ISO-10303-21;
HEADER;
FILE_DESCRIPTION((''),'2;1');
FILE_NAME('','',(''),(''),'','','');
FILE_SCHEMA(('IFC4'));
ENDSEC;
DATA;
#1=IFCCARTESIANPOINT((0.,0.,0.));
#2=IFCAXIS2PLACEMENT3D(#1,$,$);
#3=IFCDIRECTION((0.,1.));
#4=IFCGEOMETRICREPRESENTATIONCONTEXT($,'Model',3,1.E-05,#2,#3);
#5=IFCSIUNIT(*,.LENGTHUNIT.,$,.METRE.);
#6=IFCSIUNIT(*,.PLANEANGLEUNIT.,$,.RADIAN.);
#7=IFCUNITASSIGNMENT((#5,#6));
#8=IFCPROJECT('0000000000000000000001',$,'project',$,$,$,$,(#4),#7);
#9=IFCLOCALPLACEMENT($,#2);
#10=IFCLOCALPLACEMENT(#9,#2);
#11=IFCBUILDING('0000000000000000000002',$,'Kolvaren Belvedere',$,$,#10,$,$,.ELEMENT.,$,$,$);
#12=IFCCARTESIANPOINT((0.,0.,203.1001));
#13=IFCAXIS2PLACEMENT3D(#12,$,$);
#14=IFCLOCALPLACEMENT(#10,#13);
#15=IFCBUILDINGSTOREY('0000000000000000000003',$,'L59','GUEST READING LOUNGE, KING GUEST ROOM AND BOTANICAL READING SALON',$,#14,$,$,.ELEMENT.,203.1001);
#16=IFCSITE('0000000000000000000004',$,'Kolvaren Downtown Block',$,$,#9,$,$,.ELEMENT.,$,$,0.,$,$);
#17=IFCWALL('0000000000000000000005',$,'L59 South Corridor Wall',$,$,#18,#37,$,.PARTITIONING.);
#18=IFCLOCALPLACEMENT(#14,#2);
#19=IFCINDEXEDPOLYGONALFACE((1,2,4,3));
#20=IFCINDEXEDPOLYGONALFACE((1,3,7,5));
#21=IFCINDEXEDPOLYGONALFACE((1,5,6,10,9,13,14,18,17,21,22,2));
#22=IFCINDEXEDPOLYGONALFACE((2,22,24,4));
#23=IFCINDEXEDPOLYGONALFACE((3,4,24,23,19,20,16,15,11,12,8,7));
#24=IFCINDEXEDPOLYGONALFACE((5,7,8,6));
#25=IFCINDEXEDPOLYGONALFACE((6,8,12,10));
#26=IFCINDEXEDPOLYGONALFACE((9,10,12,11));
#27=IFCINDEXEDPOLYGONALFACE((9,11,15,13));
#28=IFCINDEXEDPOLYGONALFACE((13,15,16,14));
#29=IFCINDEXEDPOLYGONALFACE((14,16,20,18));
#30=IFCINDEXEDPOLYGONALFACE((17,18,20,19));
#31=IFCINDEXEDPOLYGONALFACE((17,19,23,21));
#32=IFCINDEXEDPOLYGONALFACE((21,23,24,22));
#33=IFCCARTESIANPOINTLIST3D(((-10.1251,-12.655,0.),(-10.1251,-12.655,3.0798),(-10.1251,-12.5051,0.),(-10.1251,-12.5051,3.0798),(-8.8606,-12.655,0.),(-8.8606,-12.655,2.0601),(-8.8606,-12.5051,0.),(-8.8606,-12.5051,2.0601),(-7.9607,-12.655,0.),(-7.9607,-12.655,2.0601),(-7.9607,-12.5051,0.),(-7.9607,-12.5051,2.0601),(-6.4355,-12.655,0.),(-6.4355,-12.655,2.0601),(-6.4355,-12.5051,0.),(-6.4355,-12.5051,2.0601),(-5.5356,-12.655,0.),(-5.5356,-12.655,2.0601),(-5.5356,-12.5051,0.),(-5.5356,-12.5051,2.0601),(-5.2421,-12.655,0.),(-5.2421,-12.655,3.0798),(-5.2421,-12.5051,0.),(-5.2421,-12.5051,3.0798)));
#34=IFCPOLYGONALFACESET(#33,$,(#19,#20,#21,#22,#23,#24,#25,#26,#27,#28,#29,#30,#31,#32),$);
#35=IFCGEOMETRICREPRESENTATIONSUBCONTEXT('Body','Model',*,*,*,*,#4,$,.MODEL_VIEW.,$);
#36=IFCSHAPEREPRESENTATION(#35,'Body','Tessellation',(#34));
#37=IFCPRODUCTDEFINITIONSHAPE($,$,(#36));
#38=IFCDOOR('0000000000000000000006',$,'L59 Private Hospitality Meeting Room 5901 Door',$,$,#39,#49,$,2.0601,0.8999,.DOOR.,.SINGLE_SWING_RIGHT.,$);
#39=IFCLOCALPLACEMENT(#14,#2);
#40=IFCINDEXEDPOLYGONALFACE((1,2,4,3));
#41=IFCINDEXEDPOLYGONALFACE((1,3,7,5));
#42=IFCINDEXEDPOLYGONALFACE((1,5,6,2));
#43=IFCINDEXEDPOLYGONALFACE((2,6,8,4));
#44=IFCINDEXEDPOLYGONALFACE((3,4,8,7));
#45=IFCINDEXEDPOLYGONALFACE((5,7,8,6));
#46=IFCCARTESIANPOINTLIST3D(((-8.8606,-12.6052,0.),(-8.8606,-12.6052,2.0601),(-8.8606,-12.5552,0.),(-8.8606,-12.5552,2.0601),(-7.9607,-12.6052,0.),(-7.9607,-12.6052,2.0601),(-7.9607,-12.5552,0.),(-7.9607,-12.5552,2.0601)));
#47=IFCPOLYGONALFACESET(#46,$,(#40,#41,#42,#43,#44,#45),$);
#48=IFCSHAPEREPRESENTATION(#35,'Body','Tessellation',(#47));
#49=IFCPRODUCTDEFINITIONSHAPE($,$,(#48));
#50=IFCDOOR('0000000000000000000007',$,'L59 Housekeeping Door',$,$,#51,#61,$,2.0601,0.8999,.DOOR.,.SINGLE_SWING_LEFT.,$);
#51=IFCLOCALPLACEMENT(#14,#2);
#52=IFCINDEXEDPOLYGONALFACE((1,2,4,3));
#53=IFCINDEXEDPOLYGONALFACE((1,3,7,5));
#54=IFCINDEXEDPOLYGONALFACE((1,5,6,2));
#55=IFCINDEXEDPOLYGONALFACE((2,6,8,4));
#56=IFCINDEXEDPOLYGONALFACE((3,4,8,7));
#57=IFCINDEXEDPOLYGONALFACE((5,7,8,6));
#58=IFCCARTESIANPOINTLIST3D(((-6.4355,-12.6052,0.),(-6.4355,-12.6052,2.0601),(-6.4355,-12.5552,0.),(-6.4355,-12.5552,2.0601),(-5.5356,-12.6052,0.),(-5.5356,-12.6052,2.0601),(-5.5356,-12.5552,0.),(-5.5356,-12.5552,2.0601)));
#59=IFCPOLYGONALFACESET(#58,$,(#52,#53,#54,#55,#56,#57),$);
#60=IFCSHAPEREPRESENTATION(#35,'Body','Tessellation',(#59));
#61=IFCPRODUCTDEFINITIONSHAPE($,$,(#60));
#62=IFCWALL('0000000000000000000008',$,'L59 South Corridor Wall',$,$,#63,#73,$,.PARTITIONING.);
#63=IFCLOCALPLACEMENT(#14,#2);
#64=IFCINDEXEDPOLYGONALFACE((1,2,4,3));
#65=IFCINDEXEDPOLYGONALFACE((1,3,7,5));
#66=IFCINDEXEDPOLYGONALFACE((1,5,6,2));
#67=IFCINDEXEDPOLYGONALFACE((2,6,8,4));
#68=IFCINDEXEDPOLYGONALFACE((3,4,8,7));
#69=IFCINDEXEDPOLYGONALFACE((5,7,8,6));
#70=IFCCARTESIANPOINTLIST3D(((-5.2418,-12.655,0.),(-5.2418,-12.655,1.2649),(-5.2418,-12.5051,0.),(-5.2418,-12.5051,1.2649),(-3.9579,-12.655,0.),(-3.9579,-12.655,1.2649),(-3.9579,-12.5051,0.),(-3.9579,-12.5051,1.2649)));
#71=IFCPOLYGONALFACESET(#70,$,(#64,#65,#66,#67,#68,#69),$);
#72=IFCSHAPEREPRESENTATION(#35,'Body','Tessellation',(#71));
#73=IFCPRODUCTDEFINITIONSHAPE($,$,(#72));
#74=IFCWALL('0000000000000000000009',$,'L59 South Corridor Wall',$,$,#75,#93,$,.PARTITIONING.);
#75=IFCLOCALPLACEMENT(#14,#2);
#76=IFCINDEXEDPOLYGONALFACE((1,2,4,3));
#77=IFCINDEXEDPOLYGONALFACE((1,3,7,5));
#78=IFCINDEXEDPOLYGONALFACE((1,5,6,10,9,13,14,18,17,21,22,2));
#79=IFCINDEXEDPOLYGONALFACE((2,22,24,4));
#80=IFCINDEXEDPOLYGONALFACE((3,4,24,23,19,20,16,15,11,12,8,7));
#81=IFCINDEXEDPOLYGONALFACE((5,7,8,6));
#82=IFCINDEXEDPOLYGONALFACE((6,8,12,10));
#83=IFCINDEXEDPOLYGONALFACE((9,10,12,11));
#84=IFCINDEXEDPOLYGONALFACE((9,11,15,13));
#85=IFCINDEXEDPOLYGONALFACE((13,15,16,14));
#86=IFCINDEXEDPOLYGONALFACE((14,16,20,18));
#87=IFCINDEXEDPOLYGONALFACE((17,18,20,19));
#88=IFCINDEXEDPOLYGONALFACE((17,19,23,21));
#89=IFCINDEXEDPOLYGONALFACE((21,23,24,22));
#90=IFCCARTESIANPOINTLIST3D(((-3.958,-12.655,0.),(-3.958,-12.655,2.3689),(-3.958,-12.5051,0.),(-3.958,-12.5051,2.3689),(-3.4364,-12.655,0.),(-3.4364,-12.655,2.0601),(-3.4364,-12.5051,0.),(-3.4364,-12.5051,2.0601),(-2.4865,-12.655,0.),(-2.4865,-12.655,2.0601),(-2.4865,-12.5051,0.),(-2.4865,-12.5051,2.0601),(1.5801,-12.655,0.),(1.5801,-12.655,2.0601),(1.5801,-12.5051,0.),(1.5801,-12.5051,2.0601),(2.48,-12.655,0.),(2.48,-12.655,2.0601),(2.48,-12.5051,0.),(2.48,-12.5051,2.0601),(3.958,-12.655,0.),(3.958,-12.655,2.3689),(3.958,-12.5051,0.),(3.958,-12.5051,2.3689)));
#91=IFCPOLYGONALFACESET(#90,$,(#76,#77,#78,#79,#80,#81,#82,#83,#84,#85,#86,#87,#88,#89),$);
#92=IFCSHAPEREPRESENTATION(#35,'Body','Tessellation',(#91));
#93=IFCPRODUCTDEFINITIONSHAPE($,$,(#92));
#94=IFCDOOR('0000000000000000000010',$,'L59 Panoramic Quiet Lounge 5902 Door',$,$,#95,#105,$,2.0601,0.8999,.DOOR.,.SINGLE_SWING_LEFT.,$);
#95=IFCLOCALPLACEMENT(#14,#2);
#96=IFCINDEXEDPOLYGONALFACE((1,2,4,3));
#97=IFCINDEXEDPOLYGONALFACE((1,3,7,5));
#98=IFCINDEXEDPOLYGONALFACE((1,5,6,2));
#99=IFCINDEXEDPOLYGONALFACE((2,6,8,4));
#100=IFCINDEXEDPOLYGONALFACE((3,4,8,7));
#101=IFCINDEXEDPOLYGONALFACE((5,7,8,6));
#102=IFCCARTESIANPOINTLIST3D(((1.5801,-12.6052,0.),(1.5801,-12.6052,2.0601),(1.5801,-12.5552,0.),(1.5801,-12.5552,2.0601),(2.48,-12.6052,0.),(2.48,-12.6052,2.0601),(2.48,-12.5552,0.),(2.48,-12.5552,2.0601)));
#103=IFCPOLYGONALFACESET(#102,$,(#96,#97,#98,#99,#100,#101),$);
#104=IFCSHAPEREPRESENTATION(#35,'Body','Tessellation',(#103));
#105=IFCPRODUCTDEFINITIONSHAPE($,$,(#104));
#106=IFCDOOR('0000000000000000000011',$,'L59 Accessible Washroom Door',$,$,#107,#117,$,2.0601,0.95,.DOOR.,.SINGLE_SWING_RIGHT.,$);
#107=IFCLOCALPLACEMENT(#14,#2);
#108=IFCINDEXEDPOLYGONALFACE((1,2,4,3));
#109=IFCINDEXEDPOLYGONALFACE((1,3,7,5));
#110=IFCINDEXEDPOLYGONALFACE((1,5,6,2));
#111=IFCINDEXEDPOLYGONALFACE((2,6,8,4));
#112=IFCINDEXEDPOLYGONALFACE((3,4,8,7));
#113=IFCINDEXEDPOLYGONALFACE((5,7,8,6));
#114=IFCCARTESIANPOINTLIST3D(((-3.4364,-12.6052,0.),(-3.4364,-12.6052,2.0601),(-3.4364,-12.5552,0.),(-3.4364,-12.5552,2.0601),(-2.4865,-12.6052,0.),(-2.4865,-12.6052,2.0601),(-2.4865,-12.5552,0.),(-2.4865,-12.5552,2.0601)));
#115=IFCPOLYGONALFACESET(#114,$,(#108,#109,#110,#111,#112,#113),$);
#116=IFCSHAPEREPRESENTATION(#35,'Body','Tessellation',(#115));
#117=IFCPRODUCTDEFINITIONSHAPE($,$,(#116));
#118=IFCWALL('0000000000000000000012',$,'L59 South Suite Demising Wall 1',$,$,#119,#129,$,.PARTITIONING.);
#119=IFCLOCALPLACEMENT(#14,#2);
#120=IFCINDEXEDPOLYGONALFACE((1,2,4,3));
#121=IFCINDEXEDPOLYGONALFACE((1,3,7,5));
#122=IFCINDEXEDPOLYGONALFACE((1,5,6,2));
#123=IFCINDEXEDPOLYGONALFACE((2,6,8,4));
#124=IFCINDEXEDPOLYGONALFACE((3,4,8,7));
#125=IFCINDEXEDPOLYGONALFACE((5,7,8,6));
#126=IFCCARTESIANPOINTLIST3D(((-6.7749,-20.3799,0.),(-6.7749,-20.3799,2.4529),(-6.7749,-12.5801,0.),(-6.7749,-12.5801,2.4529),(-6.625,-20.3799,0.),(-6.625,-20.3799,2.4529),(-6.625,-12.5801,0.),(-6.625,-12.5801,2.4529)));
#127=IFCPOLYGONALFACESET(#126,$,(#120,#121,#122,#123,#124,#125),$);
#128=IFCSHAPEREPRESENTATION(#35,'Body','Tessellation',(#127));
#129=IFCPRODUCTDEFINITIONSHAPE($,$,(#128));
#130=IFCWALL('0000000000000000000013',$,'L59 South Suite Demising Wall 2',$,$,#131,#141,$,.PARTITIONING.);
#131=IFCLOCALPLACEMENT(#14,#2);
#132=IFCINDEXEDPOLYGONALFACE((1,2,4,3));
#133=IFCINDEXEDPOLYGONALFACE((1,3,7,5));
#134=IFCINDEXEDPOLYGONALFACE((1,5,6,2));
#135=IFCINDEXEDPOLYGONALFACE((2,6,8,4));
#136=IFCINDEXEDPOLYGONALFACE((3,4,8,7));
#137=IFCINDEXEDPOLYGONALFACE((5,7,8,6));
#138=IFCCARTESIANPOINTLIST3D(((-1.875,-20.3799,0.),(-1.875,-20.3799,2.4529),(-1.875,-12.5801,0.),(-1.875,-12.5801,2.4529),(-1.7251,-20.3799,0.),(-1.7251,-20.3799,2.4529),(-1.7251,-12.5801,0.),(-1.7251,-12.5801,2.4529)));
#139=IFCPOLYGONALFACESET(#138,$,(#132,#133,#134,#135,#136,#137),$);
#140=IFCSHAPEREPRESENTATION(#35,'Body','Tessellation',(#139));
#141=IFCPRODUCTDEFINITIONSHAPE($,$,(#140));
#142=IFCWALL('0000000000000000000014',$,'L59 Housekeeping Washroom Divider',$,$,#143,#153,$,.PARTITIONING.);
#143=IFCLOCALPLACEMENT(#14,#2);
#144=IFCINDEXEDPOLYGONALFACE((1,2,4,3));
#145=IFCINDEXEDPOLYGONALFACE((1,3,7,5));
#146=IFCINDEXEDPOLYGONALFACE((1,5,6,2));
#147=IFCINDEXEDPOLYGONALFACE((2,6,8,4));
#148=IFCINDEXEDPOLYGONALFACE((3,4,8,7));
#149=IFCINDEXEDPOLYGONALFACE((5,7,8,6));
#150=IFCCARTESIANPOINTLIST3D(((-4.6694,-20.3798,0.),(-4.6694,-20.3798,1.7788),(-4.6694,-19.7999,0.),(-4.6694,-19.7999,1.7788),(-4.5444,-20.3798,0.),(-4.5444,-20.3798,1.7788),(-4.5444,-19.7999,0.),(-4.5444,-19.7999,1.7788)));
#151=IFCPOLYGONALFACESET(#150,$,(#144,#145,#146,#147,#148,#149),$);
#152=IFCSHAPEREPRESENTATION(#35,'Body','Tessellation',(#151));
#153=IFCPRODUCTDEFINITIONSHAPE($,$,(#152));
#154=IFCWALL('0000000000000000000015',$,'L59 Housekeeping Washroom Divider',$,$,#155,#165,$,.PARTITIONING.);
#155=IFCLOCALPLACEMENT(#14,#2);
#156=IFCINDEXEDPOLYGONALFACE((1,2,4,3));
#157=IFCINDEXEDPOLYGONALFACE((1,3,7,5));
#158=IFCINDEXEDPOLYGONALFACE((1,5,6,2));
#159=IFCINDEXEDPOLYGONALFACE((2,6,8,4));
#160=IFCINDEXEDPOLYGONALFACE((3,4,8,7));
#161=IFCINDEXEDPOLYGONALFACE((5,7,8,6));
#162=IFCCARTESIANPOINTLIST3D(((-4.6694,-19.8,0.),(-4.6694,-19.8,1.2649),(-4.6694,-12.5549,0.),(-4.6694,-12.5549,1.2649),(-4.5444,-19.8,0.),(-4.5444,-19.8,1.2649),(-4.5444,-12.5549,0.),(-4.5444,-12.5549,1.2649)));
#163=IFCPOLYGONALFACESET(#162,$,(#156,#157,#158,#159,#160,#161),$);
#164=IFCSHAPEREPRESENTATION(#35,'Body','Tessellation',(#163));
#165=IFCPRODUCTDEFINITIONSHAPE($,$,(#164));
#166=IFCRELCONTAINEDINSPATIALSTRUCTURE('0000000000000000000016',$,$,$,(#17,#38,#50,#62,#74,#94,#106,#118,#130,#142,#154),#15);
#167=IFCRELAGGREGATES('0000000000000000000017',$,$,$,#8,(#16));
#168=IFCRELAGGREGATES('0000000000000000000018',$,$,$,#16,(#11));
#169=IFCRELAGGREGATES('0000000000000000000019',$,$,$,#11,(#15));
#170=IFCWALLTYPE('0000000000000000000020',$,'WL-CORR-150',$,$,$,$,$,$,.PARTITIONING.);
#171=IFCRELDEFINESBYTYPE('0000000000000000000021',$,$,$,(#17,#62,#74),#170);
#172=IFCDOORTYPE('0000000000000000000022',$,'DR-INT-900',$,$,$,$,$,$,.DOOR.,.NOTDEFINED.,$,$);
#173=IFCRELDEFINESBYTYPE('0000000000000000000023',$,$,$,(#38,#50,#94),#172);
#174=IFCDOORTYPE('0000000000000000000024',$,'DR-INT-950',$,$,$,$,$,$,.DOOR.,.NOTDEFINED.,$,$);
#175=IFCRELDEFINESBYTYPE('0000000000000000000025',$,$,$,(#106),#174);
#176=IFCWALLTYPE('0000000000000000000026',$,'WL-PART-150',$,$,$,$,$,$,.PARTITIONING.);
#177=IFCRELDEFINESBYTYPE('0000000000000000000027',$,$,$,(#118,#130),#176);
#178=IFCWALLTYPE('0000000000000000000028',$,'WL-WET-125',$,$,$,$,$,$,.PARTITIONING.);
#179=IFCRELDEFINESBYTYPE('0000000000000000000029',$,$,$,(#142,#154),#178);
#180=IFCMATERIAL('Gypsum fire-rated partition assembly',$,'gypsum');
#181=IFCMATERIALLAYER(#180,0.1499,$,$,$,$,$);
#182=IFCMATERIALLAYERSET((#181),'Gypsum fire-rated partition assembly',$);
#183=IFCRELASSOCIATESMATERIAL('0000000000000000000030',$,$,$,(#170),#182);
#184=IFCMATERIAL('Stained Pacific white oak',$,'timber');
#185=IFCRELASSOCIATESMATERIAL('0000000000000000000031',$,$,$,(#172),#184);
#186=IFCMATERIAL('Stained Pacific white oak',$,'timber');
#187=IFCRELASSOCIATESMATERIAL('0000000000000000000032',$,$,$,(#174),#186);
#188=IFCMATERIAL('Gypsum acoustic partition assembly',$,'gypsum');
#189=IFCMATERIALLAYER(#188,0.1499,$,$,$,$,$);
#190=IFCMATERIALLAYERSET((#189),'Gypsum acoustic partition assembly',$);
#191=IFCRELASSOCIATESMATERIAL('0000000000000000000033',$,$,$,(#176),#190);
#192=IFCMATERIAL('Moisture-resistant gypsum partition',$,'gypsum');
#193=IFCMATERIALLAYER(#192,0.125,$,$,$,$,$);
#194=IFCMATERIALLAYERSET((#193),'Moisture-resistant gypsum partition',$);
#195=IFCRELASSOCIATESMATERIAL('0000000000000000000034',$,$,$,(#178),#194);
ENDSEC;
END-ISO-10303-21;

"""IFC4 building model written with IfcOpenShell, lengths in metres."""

from ifc_helpers import new_model, si_unit, direction, frame, frame_2d, origin, place, context, subcontext, project, spatial, rectangle, extrude, material, layer, layer_set, type_object, element, fill, save


model = new_model("IFC4")

# Units and contexts
model_context = context("Model", 3, precision=1e-05, world=origin(), true_north=direction((0.0, 1.0)))
body_context = subcontext(model_context, "Body", "Model", "MODEL_VIEW")
ifc_project = project(units=[si_unit("LENGTHUNIT", "METRE"), si_unit("PLANEANGLEUNIT", "RADIAN")], contexts=[model_context])

# Site, building, storey
site_placement = place(None, origin())
site = spatial("IfcSite", under=ifc_project, at=site_placement, Name="Kolvaren Downtown Block", CompositionType="ELEMENT", RefElevation=0.0)
building_placement = place(site_placement, origin())
building = spatial("IfcBuilding", under=site, at=building_placement, Name="Kolvaren Belvedere", CompositionType="ELEMENT")
storey_placement = place(building_placement, frame((0.0, 0.0, 203.1001)))
storey = spatial("IfcBuildingStorey", under=building, at=storey_placement, Name="L59", Description="GUEST READING LOUNGE, KING GUEST ROOM AND BOTANICAL READING SALON", CompositionType="ELEMENT", Elevation=203.1001)

# Shared definitions
ifc_material_1 = material(Name="Gypsum fire-rated partition assembly", Category="gypsum")
ifc_layer_1 = layer(ifc_material_1, 0.1499)
ifc_layer_set_1 = layer_set([ifc_layer_1], Name="Gypsum fire-rated partition assembly")
wall_type_1 = type_object("IfcWallType", Name="WL-CORR-150", PredefinedType="PARTITIONING", material=ifc_layer_set_1)

# Wall, openings, doors
wall_1_placement = place(storey_placement, frame((-10.125, -12.5801, 0.0), z_axis=(0.0, 0.0, 1.0), x_axis=(1.0, 0.0, 0.0)))
wall_1 = element("IfcWall", 1, at=wall_1_placement, inside=storey, type_object=wall_type_1, Name="L59 South Corridor Wall", PredefinedType="PARTITIONING", context=body_context, shape_type="SweptSolid", body=[
    extrude(rectangle(XDim=4.8831, YDim=0.1499, at=frame_2d((2.4414, 0.0))), origin(), (0.0, 0.0, 1.0), 3.0798),
])
opening_1_placement = place(wall_1_placement, frame((1.2644, 0.0, 0.0)))
opening_1 = element("IfcOpeningElement", 2, at=opening_1_placement, cuts=wall_1, PredefinedType="OPENING", context=body_context, shape_type="SweptSolid", body=[
    extrude(rectangle(XDim=0.8999, YDim=2.0601, at=frame_2d((0.45, 1.03))), frame((0.0, 0.085, 0.0), z_axis=(0.0, -1.0, 0.0), x_axis=(1.0, 0.0, 0.0)), (0.0, 0.0, 1.0), 0.1699),
])
opening_2_placement = place(wall_1_placement, frame((3.6895, 0.0, 0.0)))
opening_2 = element("IfcOpeningElement", 3, at=opening_2_placement, cuts=wall_1, PredefinedType="OPENING", context=body_context, shape_type="SweptSolid", body=[
    extrude(rectangle(XDim=0.8999, YDim=2.0601, at=frame_2d((0.45, 1.03))), frame((0.0, 0.085, 0.0), z_axis=(0.0, -1.0, 0.0), x_axis=(1.0, 0.0, 0.0)), (0.0, 0.0, 1.0), 0.1699),
])
ifc_material_2 = material(Name="Stained Pacific white oak", Category="timber")
door_type_1 = type_object("IfcDoorType", Name="DR-INT-900", OperationType="NOTDEFINED", PredefinedType="DOOR", material=ifc_material_2)
door_1_placement = place(opening_1_placement, origin())
door_1 = element("IfcDoor", 4, at=door_1_placement, inside=storey, type_object=door_type_1, Name="L59 Private Hospitality Meeting Room 5901 Door", OperationType="SINGLE_SWING_RIGHT", OverallHeight=2.0601, OverallWidth=0.8999, PredefinedType="DOOR", context=body_context, shape_type="SweptSolid", body=[
    extrude(rectangle(XDim=0.8999, YDim=2.0601, at=frame_2d((0.45, 1.03))), frame((0.0, 0.0249, 0.0), z_axis=(0.0, -1.0, 0.0), x_axis=(1.0, 0.0, 0.0)), (0.0, 0.0, 1.0), 0.05),
])
fill(opening_1, door_1)
door_2_placement = place(opening_2_placement, origin())
door_2 = element("IfcDoor", 5, at=door_2_placement, inside=storey, type_object=door_type_1, Name="L59 Housekeeping Door", OperationType="SINGLE_SWING_LEFT", OverallHeight=2.0601, OverallWidth=0.8999, PredefinedType="DOOR", context=body_context, shape_type="SweptSolid", body=[
    extrude(rectangle(XDim=0.8999, YDim=2.0601, at=frame_2d((0.45, 1.03))), frame((0.0, 0.0249, 0.0), z_axis=(0.0, -1.0, 0.0), x_axis=(1.0, 0.0, 0.0)), (0.0, 0.0, 1.0), 0.05),
])
fill(opening_2, door_2)

# Wall
wall_2_placement = place(storey_placement, frame((-5.2419, -12.5801, 0.0), z_axis=(0.0, 0.0, 1.0), x_axis=(1.0, 0.0, 0.0)))
element("IfcWall", 6, at=wall_2_placement, inside=storey, type_object=wall_type_1, Name="L59 South Corridor Wall", PredefinedType="PARTITIONING", context=body_context, shape_type="SweptSolid", body=[
    extrude(rectangle(XDim=1.2839, YDim=0.1499, at=frame_2d((0.6421, 0.0))), origin(), (0.0, 0.0, 1.0), 1.2649),
])

# Wall, openings, doors
wall_3_placement = place(storey_placement, frame((-3.958, -12.5801, 0.0), z_axis=(0.0, 0.0, 1.0), x_axis=(1.0, 0.0, 0.0)))
wall_3 = element("IfcWall", 7, at=wall_3_placement, inside=storey, type_object=wall_type_1, Name="L59 South Corridor Wall", PredefinedType="PARTITIONING", context=body_context, shape_type="SweptSolid", body=[
    extrude(rectangle(XDim=7.916, YDim=0.1499, at=frame_2d((3.958, 0.0))), origin(), (0.0, 0.0, 1.0), 2.3689),
])
opening_3_placement = place(wall_3_placement, frame((0.5215, 0.0, 0.0)))
opening_3 = element("IfcOpeningElement", 8, at=opening_3_placement, cuts=wall_3, PredefinedType="OPENING", context=body_context, shape_type="SweptSolid", body=[
    extrude(rectangle(XDim=0.95, YDim=2.0601, at=frame_2d((0.4751, 1.03))), frame((0.0, 0.085, 0.0), z_axis=(0.0, -1.0, 0.0), x_axis=(1.0, 0.0, 0.0)), (0.0, 0.0, 1.0), 0.1699),
])
opening_4_placement = place(wall_3_placement, frame((5.5381, 0.0, 0.0)))
opening_4 = element("IfcOpeningElement", 9, at=opening_4_placement, cuts=wall_3, PredefinedType="OPENING", context=body_context, shape_type="SweptSolid", body=[
    extrude(rectangle(XDim=0.8999, YDim=2.0601, at=frame_2d((0.45, 1.03))), frame((0.0, 0.085, 0.0), z_axis=(0.0, -1.0, 0.0), x_axis=(1.0, 0.0, 0.0)), (0.0, 0.0, 1.0), 0.1699),
])
door_3_placement = place(opening_4_placement, origin())
door_3 = element("IfcDoor", 10, at=door_3_placement, inside=storey, type_object=door_type_1, Name="L59 Panoramic Quiet Lounge 5902 Door", OperationType="SINGLE_SWING_LEFT", OverallHeight=2.0601, OverallWidth=0.8999, PredefinedType="DOOR", context=body_context, shape_type="SweptSolid", body=[
    extrude(rectangle(XDim=0.8999, YDim=2.0601, at=frame_2d((0.45, 1.03))), frame((0.0, 0.0249, 0.0), z_axis=(0.0, -1.0, 0.0), x_axis=(1.0, 0.0, 0.0)), (0.0, 0.0, 1.0), 0.05),
])
fill(opening_4, door_3)
ifc_material_3 = material(Name="Stained Pacific white oak", Category="timber")
door_type_2 = type_object("IfcDoorType", Name="DR-INT-950", OperationType="NOTDEFINED", PredefinedType="DOOR", material=ifc_material_3)
door_4_placement = place(opening_3_placement, origin())
door_4 = element("IfcDoor", 11, at=door_4_placement, inside=storey, type_object=door_type_2, Name="L59 Accessible Washroom Door", OperationType="SINGLE_SWING_RIGHT", OverallHeight=2.0601, OverallWidth=0.95, PredefinedType="DOOR", context=body_context, shape_type="SweptSolid", body=[
    extrude(rectangle(XDim=0.95, YDim=2.0601, at=frame_2d((0.4751, 1.03))), frame((0.0, 0.0249, 0.0), z_axis=(0.0, -1.0, 0.0), x_axis=(1.0, 0.0, 0.0)), (0.0, 0.0, 1.0), 0.05),
])
fill(opening_3, door_4)

# Walls
ifc_material_4 = material(Name="Gypsum acoustic partition assembly", Category="gypsum")
ifc_layer_2 = layer(ifc_material_4, 0.1499)
ifc_layer_set_2 = layer_set([ifc_layer_2], Name="Gypsum acoustic partition assembly")
wall_type_2 = type_object("IfcWallType", Name="WL-PART-150", PredefinedType="PARTITIONING", material=ifc_layer_set_2)
for number, where, z_axis, x_axis, name in (
    (12, (-6.7, -20.3799, 0.0), (0.0, 0.0, 1.0), (0.0, 1.0, 0.0), "L59 South Suite Demising Wall 1"),
    (13, (-1.8, -20.3799, 0.0), (0.0, 0.0, 1.0), (0.0, 1.0, 0.0), "L59 South Suite Demising Wall 2"),
):
    element("IfcWall", number, at=place(storey_placement, frame(where, z_axis=z_axis, x_axis=x_axis)), inside=storey, type_object=wall_type_2, Name=name, PredefinedType="PARTITIONING", context=body_context, shape_type="SweptSolid", body=[
        extrude(rectangle(XDim=7.7998, YDim=0.1499, at=frame_2d((3.8999, 0.0))), origin(), (0.0, 0.0, 1.0), 2.4529),
    ])
ifc_material_5 = material(Name="Moisture-resistant gypsum partition", Category="gypsum")
ifc_layer_3 = layer(ifc_material_5, 0.125)
ifc_layer_set_3 = layer_set([ifc_layer_3], Name="Moisture-resistant gypsum partition")
wall_type_3 = type_object("IfcWallType", Name="WL-WET-125", PredefinedType="PARTITIONING", material=ifc_layer_set_3)
wall_4_placement = place(storey_placement, frame((-4.6069, -20.3799, 0.0), z_axis=(0.0, 0.0, 1.0), x_axis=(0.0, 1.0, 0.0)))
element("IfcWall", 14, at=wall_4_placement, inside=storey, type_object=wall_type_3, Name="L59 Housekeeping Washroom Divider", PredefinedType="PARTITIONING", context=body_context, shape_type="SweptSolid", body=[
    extrude(rectangle(XDim=0.5798, YDim=0.125, at=frame_2d((0.29, 0.0))), origin(), (0.0, 0.0, 1.0), 1.7788),
])
wall_5_placement = place(storey_placement, frame((-4.6069, -19.8, 0.0), z_axis=(0.0, 0.0, 1.0), x_axis=(0.0, 1.0, 0.0)))
element("IfcWall", 15, at=wall_5_placement, inside=storey, type_object=wall_type_3, Name="L59 Housekeeping Washroom Divider", PredefinedType="PARTITIONING", context=body_context, shape_type="SweptSolid", body=[
    extrude(rectangle(XDim=7.2451, YDim=0.125, at=frame_2d((3.6226, 0.0))), origin(), (0.0, 0.0, 1.0), 1.2649),
])

save(model, "model.ifc")
